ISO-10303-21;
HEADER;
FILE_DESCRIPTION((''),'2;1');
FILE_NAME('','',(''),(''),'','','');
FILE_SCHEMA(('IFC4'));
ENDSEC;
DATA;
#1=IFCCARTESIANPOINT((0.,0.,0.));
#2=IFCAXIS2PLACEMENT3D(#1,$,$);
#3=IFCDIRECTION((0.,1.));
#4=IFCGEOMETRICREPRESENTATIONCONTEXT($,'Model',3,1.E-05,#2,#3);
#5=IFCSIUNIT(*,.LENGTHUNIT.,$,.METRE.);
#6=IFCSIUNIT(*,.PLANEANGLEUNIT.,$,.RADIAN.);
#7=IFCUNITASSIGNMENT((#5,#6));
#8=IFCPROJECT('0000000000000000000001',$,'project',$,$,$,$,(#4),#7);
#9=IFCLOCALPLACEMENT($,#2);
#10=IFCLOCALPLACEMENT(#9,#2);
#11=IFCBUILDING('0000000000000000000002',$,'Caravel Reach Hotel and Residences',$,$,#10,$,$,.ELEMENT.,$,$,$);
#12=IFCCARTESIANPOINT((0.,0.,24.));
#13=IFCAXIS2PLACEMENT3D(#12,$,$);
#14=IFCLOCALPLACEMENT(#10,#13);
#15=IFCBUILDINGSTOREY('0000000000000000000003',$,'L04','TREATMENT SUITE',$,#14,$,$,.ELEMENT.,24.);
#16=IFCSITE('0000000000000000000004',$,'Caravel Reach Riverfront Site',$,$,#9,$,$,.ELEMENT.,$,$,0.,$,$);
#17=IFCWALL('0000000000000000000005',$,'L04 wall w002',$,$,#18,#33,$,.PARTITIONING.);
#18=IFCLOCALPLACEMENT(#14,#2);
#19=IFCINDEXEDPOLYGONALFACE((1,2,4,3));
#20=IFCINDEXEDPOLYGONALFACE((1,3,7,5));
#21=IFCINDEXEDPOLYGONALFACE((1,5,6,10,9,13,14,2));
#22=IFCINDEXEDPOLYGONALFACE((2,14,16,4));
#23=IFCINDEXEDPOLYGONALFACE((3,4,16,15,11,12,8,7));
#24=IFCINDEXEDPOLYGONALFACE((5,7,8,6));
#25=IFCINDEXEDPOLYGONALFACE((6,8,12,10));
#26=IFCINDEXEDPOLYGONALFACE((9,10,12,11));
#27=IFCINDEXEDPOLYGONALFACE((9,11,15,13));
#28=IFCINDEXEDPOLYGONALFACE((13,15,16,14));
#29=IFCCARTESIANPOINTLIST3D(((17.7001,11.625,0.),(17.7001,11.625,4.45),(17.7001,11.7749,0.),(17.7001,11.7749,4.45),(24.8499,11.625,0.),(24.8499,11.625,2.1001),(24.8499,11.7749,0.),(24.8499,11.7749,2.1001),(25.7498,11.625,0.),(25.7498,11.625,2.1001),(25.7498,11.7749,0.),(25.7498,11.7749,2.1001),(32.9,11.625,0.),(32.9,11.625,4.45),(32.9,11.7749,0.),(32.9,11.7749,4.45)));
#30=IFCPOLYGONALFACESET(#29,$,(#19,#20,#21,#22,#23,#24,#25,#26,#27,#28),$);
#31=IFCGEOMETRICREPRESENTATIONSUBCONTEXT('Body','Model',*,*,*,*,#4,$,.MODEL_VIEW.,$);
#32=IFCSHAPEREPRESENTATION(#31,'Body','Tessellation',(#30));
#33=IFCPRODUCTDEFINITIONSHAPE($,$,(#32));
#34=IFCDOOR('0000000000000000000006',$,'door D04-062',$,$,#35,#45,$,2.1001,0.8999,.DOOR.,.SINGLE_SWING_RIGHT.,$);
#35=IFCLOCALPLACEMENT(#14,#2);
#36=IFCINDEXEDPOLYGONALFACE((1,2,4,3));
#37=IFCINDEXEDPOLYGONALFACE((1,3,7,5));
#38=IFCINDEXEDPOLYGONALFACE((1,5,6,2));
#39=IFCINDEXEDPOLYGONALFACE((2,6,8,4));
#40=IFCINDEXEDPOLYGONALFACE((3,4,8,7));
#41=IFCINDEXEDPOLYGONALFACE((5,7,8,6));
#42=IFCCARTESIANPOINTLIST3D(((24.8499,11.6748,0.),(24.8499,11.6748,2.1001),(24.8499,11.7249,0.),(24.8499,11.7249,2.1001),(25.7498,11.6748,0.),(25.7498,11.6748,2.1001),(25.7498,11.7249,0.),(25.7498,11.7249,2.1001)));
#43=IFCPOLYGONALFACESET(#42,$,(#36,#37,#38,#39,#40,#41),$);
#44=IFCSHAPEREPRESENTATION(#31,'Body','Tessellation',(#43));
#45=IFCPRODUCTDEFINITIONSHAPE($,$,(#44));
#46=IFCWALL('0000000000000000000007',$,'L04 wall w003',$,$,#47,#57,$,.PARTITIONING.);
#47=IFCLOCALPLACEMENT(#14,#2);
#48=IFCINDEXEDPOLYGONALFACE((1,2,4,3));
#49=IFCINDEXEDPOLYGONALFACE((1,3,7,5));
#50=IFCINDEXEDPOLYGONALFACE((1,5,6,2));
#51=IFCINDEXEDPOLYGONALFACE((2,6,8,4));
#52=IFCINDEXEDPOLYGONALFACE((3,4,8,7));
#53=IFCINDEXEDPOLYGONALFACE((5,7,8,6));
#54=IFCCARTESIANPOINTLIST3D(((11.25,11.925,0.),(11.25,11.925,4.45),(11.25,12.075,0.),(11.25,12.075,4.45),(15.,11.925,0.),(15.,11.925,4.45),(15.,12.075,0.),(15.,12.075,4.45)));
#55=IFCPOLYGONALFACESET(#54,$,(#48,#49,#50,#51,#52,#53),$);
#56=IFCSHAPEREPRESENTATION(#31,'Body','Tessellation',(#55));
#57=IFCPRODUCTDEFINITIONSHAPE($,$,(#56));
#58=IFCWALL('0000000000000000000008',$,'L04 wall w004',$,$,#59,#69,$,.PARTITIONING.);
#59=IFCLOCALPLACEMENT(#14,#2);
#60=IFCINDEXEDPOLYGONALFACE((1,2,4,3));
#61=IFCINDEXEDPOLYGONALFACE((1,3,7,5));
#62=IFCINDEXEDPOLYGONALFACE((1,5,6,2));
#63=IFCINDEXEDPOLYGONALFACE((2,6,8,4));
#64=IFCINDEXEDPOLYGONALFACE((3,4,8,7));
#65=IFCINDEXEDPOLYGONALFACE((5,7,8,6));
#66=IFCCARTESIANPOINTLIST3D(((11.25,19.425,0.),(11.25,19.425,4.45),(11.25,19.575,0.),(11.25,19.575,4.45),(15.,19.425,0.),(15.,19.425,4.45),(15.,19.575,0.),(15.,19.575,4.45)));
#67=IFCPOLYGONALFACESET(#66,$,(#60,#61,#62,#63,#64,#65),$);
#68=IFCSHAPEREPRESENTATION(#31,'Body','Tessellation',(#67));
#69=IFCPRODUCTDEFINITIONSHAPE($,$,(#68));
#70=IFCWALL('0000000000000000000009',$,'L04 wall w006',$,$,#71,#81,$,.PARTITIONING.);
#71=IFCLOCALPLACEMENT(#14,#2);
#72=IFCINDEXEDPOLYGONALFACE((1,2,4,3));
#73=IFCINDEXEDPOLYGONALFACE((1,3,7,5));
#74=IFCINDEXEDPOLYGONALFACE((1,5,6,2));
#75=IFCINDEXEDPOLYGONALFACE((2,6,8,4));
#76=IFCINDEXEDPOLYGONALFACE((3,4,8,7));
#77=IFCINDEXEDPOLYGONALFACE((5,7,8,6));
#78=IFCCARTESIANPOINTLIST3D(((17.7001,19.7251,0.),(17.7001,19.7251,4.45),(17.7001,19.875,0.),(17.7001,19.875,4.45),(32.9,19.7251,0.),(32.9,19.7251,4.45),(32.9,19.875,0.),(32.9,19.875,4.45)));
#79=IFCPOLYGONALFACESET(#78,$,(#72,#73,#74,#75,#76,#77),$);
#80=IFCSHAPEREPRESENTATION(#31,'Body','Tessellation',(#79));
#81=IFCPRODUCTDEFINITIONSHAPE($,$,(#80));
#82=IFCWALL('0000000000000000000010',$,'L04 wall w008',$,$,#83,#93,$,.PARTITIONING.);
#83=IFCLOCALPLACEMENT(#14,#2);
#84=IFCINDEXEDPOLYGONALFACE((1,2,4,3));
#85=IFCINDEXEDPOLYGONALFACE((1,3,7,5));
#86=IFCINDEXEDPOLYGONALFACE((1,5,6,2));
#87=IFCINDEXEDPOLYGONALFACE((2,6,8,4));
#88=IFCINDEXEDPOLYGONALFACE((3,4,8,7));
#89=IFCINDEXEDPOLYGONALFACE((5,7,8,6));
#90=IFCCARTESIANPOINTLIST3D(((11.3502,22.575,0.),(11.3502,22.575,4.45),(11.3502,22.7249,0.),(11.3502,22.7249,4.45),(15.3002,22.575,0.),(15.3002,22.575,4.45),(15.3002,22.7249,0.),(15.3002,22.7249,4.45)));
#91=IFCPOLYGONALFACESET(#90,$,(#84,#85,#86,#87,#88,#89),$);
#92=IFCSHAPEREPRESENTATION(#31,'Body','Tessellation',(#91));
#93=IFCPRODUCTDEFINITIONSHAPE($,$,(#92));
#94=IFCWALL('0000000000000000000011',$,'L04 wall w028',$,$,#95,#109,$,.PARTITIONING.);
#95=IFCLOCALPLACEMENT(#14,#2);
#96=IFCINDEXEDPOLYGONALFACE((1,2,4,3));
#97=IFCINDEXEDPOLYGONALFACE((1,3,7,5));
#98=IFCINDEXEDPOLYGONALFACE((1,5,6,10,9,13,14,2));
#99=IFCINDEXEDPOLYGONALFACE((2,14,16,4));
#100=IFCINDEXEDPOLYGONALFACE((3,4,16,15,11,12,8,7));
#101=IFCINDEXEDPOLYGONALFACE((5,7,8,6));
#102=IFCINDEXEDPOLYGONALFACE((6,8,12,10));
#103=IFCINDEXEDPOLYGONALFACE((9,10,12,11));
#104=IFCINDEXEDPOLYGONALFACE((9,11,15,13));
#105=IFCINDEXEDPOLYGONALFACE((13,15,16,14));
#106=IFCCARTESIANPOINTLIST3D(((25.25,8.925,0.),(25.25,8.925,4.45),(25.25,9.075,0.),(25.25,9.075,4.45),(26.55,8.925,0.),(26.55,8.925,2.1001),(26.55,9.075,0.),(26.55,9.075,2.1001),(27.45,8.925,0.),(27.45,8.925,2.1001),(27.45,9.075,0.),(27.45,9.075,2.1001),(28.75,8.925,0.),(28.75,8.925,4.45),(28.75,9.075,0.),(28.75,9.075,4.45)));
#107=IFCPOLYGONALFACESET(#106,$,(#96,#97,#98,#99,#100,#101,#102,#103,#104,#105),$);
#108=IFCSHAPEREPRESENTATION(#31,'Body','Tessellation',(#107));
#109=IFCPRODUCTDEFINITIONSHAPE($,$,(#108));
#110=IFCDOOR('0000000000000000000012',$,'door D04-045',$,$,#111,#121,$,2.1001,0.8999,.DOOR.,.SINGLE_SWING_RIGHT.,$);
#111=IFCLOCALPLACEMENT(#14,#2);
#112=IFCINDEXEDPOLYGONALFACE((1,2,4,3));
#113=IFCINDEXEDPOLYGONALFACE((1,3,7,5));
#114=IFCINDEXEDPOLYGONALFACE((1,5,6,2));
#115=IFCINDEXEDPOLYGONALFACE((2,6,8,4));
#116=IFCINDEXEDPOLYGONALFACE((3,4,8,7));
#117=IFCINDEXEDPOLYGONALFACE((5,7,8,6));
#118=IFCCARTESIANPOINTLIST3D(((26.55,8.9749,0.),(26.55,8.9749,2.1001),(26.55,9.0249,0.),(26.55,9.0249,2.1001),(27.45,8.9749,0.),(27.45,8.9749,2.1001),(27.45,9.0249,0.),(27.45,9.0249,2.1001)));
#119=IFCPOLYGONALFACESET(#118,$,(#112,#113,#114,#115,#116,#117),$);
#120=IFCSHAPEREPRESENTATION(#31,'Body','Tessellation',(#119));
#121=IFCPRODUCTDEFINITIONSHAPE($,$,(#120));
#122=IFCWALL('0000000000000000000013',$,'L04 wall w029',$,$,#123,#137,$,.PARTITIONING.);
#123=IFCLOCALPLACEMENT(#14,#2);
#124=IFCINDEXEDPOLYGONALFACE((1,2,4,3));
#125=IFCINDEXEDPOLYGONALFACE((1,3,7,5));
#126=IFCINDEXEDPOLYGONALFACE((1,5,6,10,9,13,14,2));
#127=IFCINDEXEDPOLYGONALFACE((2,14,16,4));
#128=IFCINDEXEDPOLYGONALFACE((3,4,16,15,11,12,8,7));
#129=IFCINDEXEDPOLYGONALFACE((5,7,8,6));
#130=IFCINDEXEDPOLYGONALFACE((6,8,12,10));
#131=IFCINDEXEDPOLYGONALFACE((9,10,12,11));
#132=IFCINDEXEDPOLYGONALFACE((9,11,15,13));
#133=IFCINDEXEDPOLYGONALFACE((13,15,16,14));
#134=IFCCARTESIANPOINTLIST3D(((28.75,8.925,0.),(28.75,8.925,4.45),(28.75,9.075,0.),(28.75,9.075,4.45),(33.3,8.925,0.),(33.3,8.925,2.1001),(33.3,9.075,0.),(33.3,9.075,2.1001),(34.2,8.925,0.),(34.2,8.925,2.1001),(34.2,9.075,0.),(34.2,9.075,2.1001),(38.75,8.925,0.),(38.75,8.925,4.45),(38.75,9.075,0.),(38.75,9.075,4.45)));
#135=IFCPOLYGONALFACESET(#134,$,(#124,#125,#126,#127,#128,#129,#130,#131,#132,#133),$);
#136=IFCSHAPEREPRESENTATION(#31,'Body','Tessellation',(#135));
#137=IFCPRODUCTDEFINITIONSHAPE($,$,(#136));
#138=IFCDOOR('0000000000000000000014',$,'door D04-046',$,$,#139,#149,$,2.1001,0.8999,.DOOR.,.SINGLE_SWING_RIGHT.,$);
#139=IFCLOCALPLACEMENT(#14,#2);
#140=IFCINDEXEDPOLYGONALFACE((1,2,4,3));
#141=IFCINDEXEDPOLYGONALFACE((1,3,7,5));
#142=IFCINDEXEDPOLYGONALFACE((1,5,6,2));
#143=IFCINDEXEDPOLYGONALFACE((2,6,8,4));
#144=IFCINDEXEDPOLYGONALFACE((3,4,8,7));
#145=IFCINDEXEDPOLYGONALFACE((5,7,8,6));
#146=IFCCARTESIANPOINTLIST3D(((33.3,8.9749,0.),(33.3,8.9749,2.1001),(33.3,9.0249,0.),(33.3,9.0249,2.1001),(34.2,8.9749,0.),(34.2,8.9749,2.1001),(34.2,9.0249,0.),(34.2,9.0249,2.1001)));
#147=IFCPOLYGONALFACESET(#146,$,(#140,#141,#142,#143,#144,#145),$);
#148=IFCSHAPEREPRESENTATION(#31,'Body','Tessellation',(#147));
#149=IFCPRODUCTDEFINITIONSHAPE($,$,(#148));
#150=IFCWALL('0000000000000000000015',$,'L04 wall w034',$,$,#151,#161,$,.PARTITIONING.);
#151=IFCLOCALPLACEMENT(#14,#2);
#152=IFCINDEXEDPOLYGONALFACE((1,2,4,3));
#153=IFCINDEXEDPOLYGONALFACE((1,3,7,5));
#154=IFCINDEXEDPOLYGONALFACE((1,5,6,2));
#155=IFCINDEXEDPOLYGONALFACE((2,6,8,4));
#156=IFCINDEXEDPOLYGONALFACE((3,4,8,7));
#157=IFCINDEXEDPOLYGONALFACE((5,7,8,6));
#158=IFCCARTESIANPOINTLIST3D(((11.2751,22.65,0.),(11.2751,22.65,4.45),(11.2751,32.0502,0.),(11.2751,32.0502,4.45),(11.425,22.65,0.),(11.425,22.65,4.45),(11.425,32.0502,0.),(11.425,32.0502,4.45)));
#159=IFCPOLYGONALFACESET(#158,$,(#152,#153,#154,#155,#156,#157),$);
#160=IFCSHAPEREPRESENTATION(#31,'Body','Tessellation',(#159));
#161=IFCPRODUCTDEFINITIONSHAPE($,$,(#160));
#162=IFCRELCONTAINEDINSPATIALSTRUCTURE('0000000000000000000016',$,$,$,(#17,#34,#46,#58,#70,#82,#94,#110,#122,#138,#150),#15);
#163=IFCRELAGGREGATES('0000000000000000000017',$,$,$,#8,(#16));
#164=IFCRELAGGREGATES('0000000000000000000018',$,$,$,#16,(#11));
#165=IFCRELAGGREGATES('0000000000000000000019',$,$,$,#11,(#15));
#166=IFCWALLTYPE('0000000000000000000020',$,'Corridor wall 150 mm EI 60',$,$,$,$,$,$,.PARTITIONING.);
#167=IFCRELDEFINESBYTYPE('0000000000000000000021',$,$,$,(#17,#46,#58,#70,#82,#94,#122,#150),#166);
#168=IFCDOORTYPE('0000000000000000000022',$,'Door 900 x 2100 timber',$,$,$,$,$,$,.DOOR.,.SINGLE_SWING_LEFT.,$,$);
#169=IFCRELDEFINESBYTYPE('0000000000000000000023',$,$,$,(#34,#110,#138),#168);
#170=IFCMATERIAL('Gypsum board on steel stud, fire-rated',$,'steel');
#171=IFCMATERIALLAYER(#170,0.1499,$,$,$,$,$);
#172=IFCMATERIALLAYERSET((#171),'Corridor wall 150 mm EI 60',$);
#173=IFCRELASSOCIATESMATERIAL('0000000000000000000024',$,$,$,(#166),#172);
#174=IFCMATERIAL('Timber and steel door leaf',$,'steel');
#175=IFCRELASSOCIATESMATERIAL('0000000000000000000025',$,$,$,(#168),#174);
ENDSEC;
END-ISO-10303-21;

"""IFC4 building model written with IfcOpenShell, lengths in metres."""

from ifc_helpers import new_model, si_unit, direction, frame, frame_2d, origin, place, context, subcontext, project, spatial, rectangle, extrude, material, layer, layer_set, type_object, element, fill, save


model = new_model("IFC4")

# Units and contexts
model_context = context("Model", 3, precision=1e-05, world=origin(), true_north=direction((0.0, 1.0)))
body_context = subcontext(model_context, "Body", "Model", "MODEL_VIEW")
ifc_project = project(units=[si_unit("LENGTHUNIT", "METRE"), si_unit("PLANEANGLEUNIT", "RADIAN")], contexts=[model_context])

# Site, building, storey
site_placement = place(None, origin())
site = spatial("IfcSite", under=ifc_project, at=site_placement, Name="Caravel Reach Riverfront Site", CompositionType="ELEMENT", RefElevation=0.0)
building_placement = place(site_placement, origin())
building = spatial("IfcBuilding", under=site, at=building_placement, Name="Caravel Reach Hotel and Residences", CompositionType="ELEMENT")
storey_placement = place(building_placement, frame((0.0, 0.0, 24.0)))
storey = spatial("IfcBuildingStorey", under=building, at=storey_placement, Name="L04", Description="TREATMENT SUITE", CompositionType="ELEMENT", Elevation=24.0)

# Wall, opening, door
ifc_material_1 = material(Name="Gypsum board on steel stud, fire-rated", Category="steel")
ifc_layer_1 = layer(ifc_material_1, 0.1499)
ifc_layer_set_1 = layer_set([ifc_layer_1], Name="Corridor wall 150 mm EI 60")
wall_type_1 = type_object("IfcWallType", Name="Corridor wall 150 mm EI 60", PredefinedType="PARTITIONING", material=ifc_layer_set_1)
wall_1_placement = place(storey_placement, frame((17.7, 11.7, 0.0), z_axis=(0.0, 0.0, 1.0), x_axis=(1.0, 0.0, 0.0)))
wall_1 = element("IfcWall", 1, at=wall_1_placement, inside=storey, type_object=wall_type_1, Name="L04 wall w002", PredefinedType="PARTITIONING", context=body_context, shape_type="SweptSolid", body=[
    extrude(rectangle(XDim=15.2, YDim=0.1499, at=frame_2d((7.6001, 0.0))), origin(), (0.0, 0.0, 1.0), 4.45),
])
opening_1_placement = place(wall_1_placement, frame((7.1499, 0.0, 0.0)))
opening_1 = element("IfcOpeningElement", 2, at=opening_1_placement, cuts=wall_1, PredefinedType="OPENING", context=body_context, shape_type="SweptSolid", body=[
    extrude(rectangle(XDim=0.8999, YDim=2.1001, at=frame_2d((0.45, 1.05))), frame((0.0, 0.085, 0.0), z_axis=(0.0, -1.0, 0.0), x_axis=(1.0, 0.0, 0.0)), (0.0, 0.0, 1.0), 0.1699),
])
ifc_material_2 = material(Name="Timber and steel door leaf", Category="steel")
door_type_1 = type_object("IfcDoorType", Name="Door 900 x 2100 timber", OperationType="SINGLE_SWING_LEFT", PredefinedType="DOOR", material=ifc_material_2)
door_1_placement = place(opening_1_placement, origin())
door_1 = element("IfcDoor", 3, at=door_1_placement, inside=storey, type_object=door_type_1, Name="door D04-062", OperationType="SINGLE_SWING_RIGHT", OverallHeight=2.1001, OverallWidth=0.8999, PredefinedType="DOOR", context=body_context, shape_type="SweptSolid", body=[
    extrude(rectangle(XDim=0.8999, YDim=2.1001, at=frame_2d((0.45, 1.05))), frame((0.0, 0.0249, 0.0), z_axis=(0.0, -1.0, 0.0), x_axis=(1.0, 0.0, 0.0)), (0.0, 0.0, 1.0), 0.05),
])
fill(opening_1, door_1)

# Walls
for number, where, z_axis, x_axis, name in (
    (4, (11.25, 12.0, 0.0), (0.0, 0.0, 1.0), (1.0, 0.0, 0.0), "L04 wall w003"),
    (5, (11.25, 19.5, 0.0), (0.0, 0.0, 1.0), (1.0, 0.0, 0.0), "L04 wall w004"),
):
    element("IfcWall", number, at=place(storey_placement, frame(where, z_axis=z_axis, x_axis=x_axis)), inside=storey, type_object=wall_type_1, Name=name, PredefinedType="PARTITIONING", context=body_context, shape_type="SweptSolid", body=[
        extrude(rectangle(XDim=3.75, YDim=0.1499, at=frame_2d((1.875, 0.0))), origin(), (0.0, 0.0, 1.0), 4.45),
    ])
wall_2_placement = place(storey_placement, frame((17.7, 19.8, 0.0), z_axis=(0.0, 0.0, 1.0), x_axis=(1.0, 0.0, 0.0)))
element("IfcWall", 6, at=wall_2_placement, inside=storey, type_object=wall_type_1, Name="L04 wall w006", PredefinedType="PARTITIONING", context=body_context, shape_type="SweptSolid", body=[
    extrude(rectangle(XDim=15.2, YDim=0.1499, at=frame_2d((7.6001, 0.0))), origin(), (0.0, 0.0, 1.0), 4.45),
])
wall_3_placement = place(storey_placement, frame((11.3501, 22.6499, 0.0), z_axis=(0.0, 0.0, 1.0), x_axis=(1.0, 0.0, 0.0)))
element("IfcWall", 7, at=wall_3_placement, inside=storey, type_object=wall_type_1, Name="L04 wall w008", PredefinedType="PARTITIONING", context=body_context, shape_type="SweptSolid", body=[
    extrude(rectangle(XDim=3.95, YDim=0.1499, at=frame_2d((1.9751, 0.0))), origin(), (0.0, 0.0, 1.0), 4.45),
])

# Walls, openings, doors
wall_4_placement = place(storey_placement, frame((25.25, 9.0, 0.0), z_axis=(0.0, 0.0, 1.0), x_axis=(1.0, 0.0, 0.0)))
wall_4 = element("IfcWall", 8, at=wall_4_placement, inside=storey, type_object=wall_type_1, Name="L04 wall w028", PredefinedType="PARTITIONING", context=body_context, shape_type="SweptSolid", body=[
    extrude(rectangle(XDim=3.5, YDim=0.1499, at=frame_2d((1.75, 0.0))), origin(), (0.0, 0.0, 1.0), 4.45),
])
opening_2_placement = place(wall_4_placement, frame((1.3, 0.0, 0.0)))
opening_2 = element("IfcOpeningElement", 9, at=opening_2_placement, cuts=wall_4, PredefinedType="OPENING", context=body_context, shape_type="SweptSolid", body=[
    extrude(rectangle(XDim=0.8999, YDim=2.1001, at=frame_2d((0.45, 1.05))), frame((0.0, 0.085, 0.0), z_axis=(0.0, -1.0, 0.0), x_axis=(1.0, 0.0, 0.0)), (0.0, 0.0, 1.0), 0.1699),
])
door_2_placement = place(opening_2_placement, origin())
door_2 = element("IfcDoor", 10, at=door_2_placement, inside=storey, type_object=door_type_1, Name="door D04-045", OperationType="SINGLE_SWING_RIGHT", OverallHeight=2.1001, OverallWidth=0.8999, PredefinedType="DOOR", context=body_context, shape_type="SweptSolid", body=[
    extrude(rectangle(XDim=0.8999, YDim=2.1001, at=frame_2d((0.45, 1.05))), frame((0.0, 0.0249, 0.0), z_axis=(0.0, -1.0, 0.0), x_axis=(1.0, 0.0, 0.0)), (0.0, 0.0, 1.0), 0.05),
])
fill(opening_2, door_2)
wall_5_placement = place(storey_placement, frame((28.75, 9.0, 0.0), z_axis=(0.0, 0.0, 1.0), x_axis=(1.0, 0.0, 0.0)))
wall_5 = element("IfcWall", 11, at=wall_5_placement, inside=storey, type_object=wall_type_1, Name="L04 wall w029", PredefinedType="PARTITIONING", context=body_context, shape_type="SweptSolid", body=[
    extrude(rectangle(XDim=10.0, YDim=0.1499, at=frame_2d((5.0, 0.0))), origin(), (0.0, 0.0, 1.0), 4.45),
])
opening_3_placement = place(wall_5_placement, frame((4.55, 0.0, 0.0)))
opening_3 = element("IfcOpeningElement", 12, at=opening_3_placement, cuts=wall_5, PredefinedType="OPENING", context=body_context, shape_type="SweptSolid", body=[
    extrude(rectangle(XDim=0.8999, YDim=2.1001, at=frame_2d((0.45, 1.05))), frame((0.0, 0.085, 0.0), z_axis=(0.0, -1.0, 0.0), x_axis=(1.0, 0.0, 0.0)), (0.0, 0.0, 1.0), 0.1699),
])
door_3_placement = place(opening_3_placement, origin())
door_3 = element("IfcDoor", 13, at=door_3_placement, inside=storey, type_object=door_type_1, Name="door D04-046", OperationType="SINGLE_SWING_RIGHT", OverallHeight=2.1001, OverallWidth=0.8999, PredefinedType="DOOR", context=body_context, shape_type="SweptSolid", body=[
    extrude(rectangle(XDim=0.8999, YDim=2.1001, at=frame_2d((0.45, 1.05))), frame((0.0, 0.0249, 0.0), z_axis=(0.0, -1.0, 0.0), x_axis=(1.0, 0.0, 0.0)), (0.0, 0.0, 1.0), 0.05),
])
fill(opening_3, door_3)

# Wall
wall_6_placement = place(storey_placement, frame((11.3501, 22.6499, 0.0), z_axis=(0.0, 0.0, 1.0), x_axis=(0.0, 1.0, 0.0)))
element("IfcWall", 14, at=wall_6_placement, inside=storey, type_object=wall_type_1, Name="L04 wall w034", PredefinedType="PARTITIONING", context=body_context, shape_type="SweptSolid", body=[
    extrude(rectangle(XDim=9.4001, YDim=0.1499, at=frame_2d((4.7002, 0.0))), origin(), (0.0, 0.0, 1.0), 4.45),
])

save(model, "model.ifc")
